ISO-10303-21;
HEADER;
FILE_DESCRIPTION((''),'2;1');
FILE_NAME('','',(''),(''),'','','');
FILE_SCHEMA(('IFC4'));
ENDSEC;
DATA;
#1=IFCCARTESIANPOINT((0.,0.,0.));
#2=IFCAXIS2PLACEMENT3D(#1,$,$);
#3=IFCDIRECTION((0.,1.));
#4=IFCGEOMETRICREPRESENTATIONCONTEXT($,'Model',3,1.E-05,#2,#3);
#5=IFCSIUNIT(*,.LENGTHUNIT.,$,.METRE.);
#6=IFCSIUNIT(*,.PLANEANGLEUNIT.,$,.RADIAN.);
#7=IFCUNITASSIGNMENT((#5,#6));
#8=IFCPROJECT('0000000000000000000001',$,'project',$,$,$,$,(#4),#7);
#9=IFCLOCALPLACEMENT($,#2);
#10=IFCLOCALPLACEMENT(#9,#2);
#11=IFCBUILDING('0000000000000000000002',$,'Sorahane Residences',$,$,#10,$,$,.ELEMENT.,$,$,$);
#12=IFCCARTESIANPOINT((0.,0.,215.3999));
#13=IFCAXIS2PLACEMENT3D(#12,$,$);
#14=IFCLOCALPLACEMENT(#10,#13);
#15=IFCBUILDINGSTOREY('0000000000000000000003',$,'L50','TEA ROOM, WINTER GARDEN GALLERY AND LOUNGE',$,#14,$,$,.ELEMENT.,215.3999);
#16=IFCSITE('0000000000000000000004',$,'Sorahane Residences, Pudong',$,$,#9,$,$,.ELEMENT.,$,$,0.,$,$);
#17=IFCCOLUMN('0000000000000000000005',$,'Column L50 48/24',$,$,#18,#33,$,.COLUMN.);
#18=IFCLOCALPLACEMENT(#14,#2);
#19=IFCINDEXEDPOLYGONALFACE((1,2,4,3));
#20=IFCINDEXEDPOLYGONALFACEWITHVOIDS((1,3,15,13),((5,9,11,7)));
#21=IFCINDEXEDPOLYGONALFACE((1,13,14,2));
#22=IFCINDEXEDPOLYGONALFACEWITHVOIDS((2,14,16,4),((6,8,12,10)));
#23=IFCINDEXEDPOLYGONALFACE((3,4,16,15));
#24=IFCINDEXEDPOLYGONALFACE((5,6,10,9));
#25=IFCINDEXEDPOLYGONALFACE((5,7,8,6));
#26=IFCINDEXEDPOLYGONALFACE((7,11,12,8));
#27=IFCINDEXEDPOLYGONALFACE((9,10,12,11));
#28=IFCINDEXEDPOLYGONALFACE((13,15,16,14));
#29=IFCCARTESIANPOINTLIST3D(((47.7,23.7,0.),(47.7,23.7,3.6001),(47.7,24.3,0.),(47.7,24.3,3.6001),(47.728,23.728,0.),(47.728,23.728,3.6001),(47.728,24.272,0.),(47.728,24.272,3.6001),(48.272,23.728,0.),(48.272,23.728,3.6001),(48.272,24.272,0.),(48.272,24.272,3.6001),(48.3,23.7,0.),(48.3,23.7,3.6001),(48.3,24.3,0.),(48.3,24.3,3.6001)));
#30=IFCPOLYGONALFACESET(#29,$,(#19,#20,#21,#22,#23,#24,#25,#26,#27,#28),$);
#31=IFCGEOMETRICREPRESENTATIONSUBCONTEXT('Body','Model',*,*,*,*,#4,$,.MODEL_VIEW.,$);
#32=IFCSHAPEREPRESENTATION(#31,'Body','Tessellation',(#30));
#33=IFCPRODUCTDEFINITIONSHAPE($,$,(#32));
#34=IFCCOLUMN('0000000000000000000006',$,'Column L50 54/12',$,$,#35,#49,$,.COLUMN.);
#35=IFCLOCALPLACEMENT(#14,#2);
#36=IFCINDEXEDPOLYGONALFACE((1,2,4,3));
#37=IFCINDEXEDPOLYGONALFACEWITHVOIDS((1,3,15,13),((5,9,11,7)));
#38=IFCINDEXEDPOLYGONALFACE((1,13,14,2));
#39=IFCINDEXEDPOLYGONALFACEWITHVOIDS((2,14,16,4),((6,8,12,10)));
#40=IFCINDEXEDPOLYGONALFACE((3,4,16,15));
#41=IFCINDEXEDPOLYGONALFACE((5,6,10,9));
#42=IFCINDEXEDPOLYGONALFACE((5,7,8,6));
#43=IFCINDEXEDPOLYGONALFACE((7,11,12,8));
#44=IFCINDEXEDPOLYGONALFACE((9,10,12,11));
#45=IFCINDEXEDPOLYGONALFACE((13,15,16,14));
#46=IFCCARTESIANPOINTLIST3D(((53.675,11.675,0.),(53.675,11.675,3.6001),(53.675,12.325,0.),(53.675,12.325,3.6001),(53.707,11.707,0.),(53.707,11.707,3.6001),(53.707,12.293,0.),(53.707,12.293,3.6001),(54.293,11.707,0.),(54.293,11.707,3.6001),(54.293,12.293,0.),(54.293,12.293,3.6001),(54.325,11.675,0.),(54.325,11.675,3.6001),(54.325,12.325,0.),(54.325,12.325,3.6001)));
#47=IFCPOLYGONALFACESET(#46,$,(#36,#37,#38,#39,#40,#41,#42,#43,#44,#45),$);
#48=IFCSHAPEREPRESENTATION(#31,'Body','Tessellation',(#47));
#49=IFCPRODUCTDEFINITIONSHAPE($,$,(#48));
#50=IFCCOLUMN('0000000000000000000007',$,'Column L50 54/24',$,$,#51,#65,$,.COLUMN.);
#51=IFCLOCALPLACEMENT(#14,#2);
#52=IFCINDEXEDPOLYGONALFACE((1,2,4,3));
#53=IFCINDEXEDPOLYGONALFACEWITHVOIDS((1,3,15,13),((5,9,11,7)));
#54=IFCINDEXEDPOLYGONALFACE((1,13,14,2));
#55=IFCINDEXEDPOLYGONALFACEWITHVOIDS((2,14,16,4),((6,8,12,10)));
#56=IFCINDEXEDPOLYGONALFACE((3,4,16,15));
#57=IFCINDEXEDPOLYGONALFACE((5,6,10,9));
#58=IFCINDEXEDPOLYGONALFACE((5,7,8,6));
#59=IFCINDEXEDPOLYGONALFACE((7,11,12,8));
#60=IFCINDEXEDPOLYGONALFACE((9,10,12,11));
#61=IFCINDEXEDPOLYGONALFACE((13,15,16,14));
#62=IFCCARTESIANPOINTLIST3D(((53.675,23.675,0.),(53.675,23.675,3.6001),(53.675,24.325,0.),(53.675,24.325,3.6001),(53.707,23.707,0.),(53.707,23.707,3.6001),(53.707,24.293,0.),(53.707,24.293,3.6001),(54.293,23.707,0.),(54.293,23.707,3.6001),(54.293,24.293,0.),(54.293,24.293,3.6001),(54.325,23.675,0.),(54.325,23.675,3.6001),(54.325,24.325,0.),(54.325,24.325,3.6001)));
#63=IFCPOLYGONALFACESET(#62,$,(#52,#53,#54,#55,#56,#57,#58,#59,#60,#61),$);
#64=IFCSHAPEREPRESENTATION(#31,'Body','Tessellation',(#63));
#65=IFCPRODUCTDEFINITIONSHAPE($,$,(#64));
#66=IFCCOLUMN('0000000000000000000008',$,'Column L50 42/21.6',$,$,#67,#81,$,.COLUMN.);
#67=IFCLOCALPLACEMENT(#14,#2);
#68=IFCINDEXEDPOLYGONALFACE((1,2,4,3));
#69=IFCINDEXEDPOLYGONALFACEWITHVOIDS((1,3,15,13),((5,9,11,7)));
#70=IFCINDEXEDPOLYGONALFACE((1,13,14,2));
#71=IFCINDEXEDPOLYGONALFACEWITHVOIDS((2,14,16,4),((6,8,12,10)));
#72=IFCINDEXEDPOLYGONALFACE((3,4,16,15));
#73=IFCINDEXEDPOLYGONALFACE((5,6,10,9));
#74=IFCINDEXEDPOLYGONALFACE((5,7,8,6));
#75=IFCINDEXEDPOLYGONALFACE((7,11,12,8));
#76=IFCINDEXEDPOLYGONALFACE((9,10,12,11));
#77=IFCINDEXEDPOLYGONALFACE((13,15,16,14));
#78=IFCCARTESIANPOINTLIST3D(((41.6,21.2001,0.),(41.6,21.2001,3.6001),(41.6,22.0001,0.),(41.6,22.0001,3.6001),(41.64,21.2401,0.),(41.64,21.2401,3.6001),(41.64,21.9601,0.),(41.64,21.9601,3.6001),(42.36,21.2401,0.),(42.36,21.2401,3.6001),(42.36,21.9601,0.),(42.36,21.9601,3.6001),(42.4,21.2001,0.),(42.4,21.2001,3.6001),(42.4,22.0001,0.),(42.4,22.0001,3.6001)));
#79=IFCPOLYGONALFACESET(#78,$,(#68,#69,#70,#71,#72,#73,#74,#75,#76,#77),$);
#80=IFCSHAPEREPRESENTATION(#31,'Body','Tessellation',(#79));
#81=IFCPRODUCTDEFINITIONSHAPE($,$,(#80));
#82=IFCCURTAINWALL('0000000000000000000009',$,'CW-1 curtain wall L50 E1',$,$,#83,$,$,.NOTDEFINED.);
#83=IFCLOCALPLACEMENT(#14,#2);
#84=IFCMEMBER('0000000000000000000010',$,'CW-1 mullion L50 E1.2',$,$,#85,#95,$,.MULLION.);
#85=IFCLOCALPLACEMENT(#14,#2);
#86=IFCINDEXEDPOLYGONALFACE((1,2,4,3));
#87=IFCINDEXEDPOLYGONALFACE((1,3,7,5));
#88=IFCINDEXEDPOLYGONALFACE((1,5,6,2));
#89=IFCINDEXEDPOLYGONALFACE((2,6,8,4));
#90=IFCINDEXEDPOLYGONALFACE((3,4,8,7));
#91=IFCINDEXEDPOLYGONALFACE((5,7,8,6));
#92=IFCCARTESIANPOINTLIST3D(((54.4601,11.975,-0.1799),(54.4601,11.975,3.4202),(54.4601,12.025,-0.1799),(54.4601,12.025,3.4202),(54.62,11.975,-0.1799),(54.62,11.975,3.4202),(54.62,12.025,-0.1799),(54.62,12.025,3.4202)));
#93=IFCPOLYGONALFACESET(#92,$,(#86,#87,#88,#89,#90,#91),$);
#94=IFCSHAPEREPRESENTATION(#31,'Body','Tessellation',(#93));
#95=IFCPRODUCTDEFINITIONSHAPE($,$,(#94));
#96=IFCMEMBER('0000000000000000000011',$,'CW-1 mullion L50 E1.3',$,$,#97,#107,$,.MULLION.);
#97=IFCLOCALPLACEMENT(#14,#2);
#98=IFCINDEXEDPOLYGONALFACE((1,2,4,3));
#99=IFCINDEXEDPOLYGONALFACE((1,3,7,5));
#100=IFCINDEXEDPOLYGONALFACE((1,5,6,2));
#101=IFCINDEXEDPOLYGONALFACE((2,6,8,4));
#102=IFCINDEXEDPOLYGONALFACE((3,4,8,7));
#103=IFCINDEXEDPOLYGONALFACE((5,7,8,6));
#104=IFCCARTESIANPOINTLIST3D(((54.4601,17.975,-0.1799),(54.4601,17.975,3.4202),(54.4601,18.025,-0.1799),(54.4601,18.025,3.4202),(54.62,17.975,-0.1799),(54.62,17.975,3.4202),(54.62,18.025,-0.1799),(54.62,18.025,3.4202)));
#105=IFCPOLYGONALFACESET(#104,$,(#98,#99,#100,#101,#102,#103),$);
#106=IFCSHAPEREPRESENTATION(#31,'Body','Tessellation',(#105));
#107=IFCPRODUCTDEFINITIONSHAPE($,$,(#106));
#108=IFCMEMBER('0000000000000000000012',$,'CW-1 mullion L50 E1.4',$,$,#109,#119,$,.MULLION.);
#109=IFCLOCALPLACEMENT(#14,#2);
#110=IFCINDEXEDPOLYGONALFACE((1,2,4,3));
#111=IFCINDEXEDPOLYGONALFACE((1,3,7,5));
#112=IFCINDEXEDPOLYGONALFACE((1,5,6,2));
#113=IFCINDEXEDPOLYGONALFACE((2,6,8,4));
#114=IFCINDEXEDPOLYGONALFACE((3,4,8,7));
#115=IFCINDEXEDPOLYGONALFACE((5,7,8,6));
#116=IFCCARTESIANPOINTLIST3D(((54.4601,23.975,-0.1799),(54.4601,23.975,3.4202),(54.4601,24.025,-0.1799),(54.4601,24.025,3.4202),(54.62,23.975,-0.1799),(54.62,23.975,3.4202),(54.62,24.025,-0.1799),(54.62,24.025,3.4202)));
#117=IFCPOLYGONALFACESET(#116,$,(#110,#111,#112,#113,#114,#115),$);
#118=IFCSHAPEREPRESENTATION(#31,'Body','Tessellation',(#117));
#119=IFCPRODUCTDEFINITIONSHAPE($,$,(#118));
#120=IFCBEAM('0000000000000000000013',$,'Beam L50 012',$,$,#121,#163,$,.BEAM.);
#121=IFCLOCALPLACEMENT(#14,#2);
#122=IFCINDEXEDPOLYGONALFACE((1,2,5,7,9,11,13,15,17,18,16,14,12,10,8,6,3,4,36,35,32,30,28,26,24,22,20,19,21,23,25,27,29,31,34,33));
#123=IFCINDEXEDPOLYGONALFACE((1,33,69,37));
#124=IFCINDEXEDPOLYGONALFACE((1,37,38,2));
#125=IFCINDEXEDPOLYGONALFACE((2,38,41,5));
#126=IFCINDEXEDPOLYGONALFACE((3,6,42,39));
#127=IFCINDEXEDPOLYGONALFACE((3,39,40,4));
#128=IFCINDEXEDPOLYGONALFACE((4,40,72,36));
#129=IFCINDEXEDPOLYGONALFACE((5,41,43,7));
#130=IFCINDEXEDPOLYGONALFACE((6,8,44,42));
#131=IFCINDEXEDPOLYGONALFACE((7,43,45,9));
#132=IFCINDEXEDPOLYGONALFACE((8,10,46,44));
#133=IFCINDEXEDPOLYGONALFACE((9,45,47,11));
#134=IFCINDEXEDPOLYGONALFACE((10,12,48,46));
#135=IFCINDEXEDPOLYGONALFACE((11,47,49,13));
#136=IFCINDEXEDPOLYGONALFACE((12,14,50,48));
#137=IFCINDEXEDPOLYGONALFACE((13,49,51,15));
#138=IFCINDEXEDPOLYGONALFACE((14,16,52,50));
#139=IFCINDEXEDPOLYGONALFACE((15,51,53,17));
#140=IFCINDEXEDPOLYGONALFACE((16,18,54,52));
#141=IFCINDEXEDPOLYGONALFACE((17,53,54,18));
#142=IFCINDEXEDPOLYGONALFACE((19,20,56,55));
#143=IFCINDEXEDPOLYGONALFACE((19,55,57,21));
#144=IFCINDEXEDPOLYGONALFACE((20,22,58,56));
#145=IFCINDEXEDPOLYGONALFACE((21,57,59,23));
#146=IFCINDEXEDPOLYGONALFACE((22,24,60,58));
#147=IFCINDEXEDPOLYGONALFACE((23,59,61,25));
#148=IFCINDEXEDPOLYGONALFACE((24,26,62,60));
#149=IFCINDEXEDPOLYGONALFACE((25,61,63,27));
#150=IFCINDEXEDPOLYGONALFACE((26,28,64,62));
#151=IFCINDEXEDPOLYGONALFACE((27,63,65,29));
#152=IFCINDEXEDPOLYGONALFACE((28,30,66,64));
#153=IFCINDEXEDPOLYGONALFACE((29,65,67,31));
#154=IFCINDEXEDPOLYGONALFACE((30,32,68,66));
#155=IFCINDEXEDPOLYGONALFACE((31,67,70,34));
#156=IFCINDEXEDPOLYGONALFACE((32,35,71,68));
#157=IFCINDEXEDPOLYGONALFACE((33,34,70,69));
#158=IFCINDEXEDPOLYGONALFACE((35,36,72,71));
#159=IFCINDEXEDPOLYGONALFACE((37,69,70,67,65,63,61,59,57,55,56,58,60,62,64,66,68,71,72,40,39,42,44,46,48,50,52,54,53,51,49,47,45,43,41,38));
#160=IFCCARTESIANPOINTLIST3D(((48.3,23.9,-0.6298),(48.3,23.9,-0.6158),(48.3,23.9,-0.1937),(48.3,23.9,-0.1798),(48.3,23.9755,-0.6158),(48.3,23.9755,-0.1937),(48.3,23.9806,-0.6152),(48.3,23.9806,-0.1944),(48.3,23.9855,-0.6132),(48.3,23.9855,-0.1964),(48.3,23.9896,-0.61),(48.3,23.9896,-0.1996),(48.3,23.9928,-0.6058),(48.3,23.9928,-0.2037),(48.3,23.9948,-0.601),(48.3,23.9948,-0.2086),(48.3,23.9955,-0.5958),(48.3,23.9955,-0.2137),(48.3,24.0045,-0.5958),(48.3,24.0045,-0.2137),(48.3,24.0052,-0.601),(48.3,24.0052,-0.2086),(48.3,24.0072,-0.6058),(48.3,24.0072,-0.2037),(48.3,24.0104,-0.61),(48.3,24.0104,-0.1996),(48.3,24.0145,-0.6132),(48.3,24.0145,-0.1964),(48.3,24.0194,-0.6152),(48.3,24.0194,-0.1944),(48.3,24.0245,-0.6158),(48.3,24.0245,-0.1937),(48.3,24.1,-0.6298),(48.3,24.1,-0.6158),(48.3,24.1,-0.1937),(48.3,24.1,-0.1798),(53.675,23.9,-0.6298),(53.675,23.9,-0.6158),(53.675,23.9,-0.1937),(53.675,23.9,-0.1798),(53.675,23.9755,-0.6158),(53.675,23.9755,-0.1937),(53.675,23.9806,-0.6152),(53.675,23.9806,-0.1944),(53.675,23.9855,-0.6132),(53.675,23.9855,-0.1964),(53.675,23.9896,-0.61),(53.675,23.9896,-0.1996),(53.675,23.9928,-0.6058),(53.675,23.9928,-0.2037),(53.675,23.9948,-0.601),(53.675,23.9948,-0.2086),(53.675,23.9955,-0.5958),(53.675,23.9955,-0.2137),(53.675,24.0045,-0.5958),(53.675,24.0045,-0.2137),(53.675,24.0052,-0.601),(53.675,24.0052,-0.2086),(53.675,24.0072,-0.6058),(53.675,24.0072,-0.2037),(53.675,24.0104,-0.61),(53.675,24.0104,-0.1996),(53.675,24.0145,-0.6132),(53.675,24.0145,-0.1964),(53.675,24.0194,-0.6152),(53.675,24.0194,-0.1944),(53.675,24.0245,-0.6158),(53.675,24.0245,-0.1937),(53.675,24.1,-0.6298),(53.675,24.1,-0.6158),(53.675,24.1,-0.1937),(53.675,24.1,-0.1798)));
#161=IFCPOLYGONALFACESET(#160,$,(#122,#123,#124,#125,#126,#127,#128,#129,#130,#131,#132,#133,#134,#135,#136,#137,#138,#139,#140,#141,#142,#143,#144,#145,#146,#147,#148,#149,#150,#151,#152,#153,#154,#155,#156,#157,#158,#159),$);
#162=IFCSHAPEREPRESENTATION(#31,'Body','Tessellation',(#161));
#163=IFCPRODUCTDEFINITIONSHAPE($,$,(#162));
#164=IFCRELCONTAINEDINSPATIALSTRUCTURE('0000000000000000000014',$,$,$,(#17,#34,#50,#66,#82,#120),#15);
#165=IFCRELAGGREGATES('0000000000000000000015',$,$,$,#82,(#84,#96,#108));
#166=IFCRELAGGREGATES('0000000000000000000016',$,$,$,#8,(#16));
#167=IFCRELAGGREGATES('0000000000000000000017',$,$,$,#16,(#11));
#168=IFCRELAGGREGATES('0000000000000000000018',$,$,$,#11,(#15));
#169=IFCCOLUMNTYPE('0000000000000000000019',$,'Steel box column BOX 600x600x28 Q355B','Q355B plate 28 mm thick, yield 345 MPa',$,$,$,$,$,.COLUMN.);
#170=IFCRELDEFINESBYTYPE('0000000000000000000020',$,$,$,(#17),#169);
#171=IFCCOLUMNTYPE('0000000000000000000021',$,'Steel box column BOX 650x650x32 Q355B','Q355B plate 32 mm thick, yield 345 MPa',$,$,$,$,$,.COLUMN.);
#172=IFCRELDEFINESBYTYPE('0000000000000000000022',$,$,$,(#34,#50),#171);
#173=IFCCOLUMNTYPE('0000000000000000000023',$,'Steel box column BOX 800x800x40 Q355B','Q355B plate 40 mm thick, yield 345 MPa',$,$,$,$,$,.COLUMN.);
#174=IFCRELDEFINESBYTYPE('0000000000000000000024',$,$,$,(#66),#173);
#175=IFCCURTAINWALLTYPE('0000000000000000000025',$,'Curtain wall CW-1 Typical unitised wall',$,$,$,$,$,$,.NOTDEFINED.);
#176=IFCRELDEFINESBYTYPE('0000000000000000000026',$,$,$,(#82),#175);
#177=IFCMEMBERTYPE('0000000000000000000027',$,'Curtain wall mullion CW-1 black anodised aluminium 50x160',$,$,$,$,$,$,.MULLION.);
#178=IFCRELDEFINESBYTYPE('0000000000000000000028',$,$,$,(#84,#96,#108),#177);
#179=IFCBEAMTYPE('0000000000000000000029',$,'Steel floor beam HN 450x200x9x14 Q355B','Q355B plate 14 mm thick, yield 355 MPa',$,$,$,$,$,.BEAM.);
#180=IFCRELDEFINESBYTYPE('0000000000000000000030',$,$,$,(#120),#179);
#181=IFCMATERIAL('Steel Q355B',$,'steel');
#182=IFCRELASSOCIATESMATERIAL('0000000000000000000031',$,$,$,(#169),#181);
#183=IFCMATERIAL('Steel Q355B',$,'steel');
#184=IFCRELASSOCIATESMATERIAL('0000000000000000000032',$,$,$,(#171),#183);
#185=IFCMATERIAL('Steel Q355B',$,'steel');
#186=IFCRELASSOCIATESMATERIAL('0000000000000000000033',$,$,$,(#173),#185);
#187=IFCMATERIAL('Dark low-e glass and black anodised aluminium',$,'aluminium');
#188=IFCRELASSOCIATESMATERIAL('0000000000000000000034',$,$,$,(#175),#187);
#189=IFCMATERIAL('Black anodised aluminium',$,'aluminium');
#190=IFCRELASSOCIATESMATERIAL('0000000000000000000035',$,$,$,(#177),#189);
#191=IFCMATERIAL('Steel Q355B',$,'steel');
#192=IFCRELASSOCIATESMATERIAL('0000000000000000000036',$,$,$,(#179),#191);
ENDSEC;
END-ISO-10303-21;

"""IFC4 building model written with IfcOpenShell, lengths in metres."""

from ifc_helpers import new_model, si_unit, direction, frame, origin, origin_2d, place, context, subcontext, project, spatial, rectangle, hollow_rectangle, i_section, extrude, material, material_profile, profile_set, type_object, element, aggregate, save


model = new_model("IFC4")

# Units and contexts
model_context = context("Model", 3, precision=1e-05, world=origin(), true_north=direction((0.0, 1.0)))
body_context = subcontext(model_context, "Body", "Model", "MODEL_VIEW")
ifc_project = project(units=[si_unit("LENGTHUNIT", "METRE"), si_unit("PLANEANGLEUNIT", "RADIAN")], contexts=[model_context])

# Site, building, storey
site_placement = place(None, origin())
site = spatial("IfcSite", under=ifc_project, at=site_placement, Name="Sorahane Residences, Pudong", CompositionType="ELEMENT", RefElevation=0.0)
building_placement = place(site_placement, origin())
building = spatial("IfcBuilding", under=site, at=building_placement, Name="Sorahane Residences", CompositionType="ELEMENT")
storey_placement = place(building_placement, frame((0.0, 0.0, 215.3999)))
storey = spatial("IfcBuildingStorey", under=building, at=storey_placement, Name="L50", Description="TEA ROOM, WINTER GARDEN GALLERY AND LOUNGE", CompositionType="ELEMENT", Elevation=215.3999)

# Columns
ifc_material_1 = material(Name="Steel Q355B", Category="steel")
ifc_material_profile_1 = material_profile(ifc_material_1, hollow_rectangle(XDim=0.6001, YDim=0.6001, WallThickness=0.0281, at=origin_2d()), Name="BOX 600x600x28")
ifc_profile_set_1 = profile_set([ifc_material_profile_1], Name="Steel Q355B")
column_type_1 = type_object("IfcColumnType", Name="Steel box column BOX 600x600x28 Q355B", Description="Q355B plate 28 mm thick, yield 345 MPa", PredefinedType="COLUMN", material=ifc_profile_set_1)
column_1_placement = place(storey_placement, frame((48.0, 24.0, 0.0), z_axis=(0.0, 0.0, 1.0), x_axis=(1.0, 0.0, 0.0)))
element("IfcColumn", 1, at=column_1_placement, inside=storey, type_object=column_type_1, Name="Column L50 48/24", PredefinedType="COLUMN", context=body_context, shape_type="SweptSolid", body=[
    extrude(hollow_rectangle(XDim=0.6001, YDim=0.6001, WallThickness=0.0281, at=origin_2d()), origin(), (0.0, 0.0, 1.0), 3.6001),
])
ifc_material_2 = material(Name="Steel Q355B", Category="steel")
ifc_material_profile_2 = material_profile(ifc_material_2, hollow_rectangle(XDim=0.6499, YDim=0.6499, WallThickness=0.032, at=origin_2d()), Name="BOX 650x650x32")
ifc_profile_set_2 = profile_set([ifc_material_profile_2], Name="Steel Q355B")
column_type_2 = type_object("IfcColumnType", Name="Steel box column BOX 650x650x32 Q355B", Description="Q355B plate 32 mm thick, yield 345 MPa", PredefinedType="COLUMN", material=ifc_profile_set_2)
for number, where, z_axis, x_axis, name in (
    (2, (54.0, 12.0, 0.0), (0.0, 0.0, 1.0), (1.0, 0.0, 0.0), "Column L50 54/12"),
    (3, (54.0, 24.0, 0.0), (0.0, 0.0, 1.0), (1.0, 0.0, 0.0), "Column L50 54/24"),
):
    element("IfcColumn", number, at=place(storey_placement, frame(where, z_axis=z_axis, x_axis=x_axis)), inside=storey, type_object=column_type_2, Name=name, PredefinedType="COLUMN", context=body_context, shape_type="SweptSolid", body=[
        extrude(hollow_rectangle(XDim=0.6499, YDim=0.6499, WallThickness=0.032, at=origin_2d()), origin(), (0.0, 0.0, 1.0), 3.6001),
    ])
ifc_material_3 = material(Name="Steel Q355B", Category="steel")
ifc_material_profile_3 = material_profile(ifc_material_3, hollow_rectangle(XDim=0.8, YDim=0.8, WallThickness=0.04, at=origin_2d()), Name="BOX 800x800x40")
ifc_profile_set_3 = profile_set([ifc_material_profile_3], Name="Steel Q355B")
column_type_3 = type_object("IfcColumnType", Name="Steel box column BOX 800x800x40 Q355B", Description="Q355B plate 40 mm thick, yield 345 MPa", PredefinedType="COLUMN", material=ifc_profile_set_3)
column_2_placement = place(storey_placement, frame((42.0, 21.6001, 0.0), z_axis=(0.0, 0.0, 1.0), x_axis=(1.0, 0.0, 0.0)))
element("IfcColumn", 4, at=column_2_placement, inside=storey, type_object=column_type_3, Name="Column L50 42/21.6", PredefinedType="COLUMN", context=body_context, shape_type="SweptSolid", body=[
    extrude(hollow_rectangle(XDim=0.8, YDim=0.8, WallThickness=0.04, at=origin_2d()), origin(), (0.0, 0.0, 1.0), 3.6001),
])

# Curtain wall, members
ifc_material_4 = material(Name="Dark low-e glass and black anodised aluminium", Category="aluminium")
curtain_wall_type = type_object("IfcCurtainWallType", Name="Curtain wall CW-1 Typical unitised wall", PredefinedType="NOTDEFINED", material=ifc_material_4)
curtain_wall_placement = place(storey_placement, origin())
curtain_wall = element("IfcCurtainWall", 5, at=curtain_wall_placement, inside=storey, type_object=curtain_wall_type, Name="CW-1 curtain wall L50 E1", PredefinedType="NOTDEFINED")
ifc_material_5 = material(Name="Black anodised aluminium", Category="aluminium")
ifc_material_profile_4 = material_profile(ifc_material_5, rectangle(XDim=0.1599, YDim=0.05, at=origin_2d()), Name="Curtain wall mullion CW-1 black anodised aluminium 50x160")
ifc_profile_set_4 = profile_set([ifc_material_profile_4], Name="Black anodised aluminium")
member_type = type_object("IfcMemberType", Name="Curtain wall mullion CW-1 black anodised aluminium 50x160", PredefinedType="MULLION", material=ifc_profile_set_4)
member_1_placement = place(storey_placement, frame((54.54, 12.0, -0.1799), z_axis=(0.0, 0.0, 1.0), x_axis=(1.0, 0.0, 0.0)))
member_1 = element("IfcMember", 6, at=member_1_placement, type_object=member_type, Name="CW-1 mullion L50 E1.2", PredefinedType="MULLION", context=body_context, shape_type="SweptSolid", body=[
    extrude(rectangle(XDim=0.1599, YDim=0.05, at=origin_2d()), origin(), (0.0, 0.0, 1.0), 3.6001),
])
member_2_placement = place(storey_placement, frame((54.54, 18.0, -0.1799), z_axis=(0.0, 0.0, 1.0), x_axis=(1.0, 0.0, 0.0)))
member_2 = element("IfcMember", 7, at=member_2_placement, type_object=member_type, Name="CW-1 mullion L50 E1.3", PredefinedType="MULLION", context=body_context, shape_type="SweptSolid", body=[
    extrude(rectangle(XDim=0.1599, YDim=0.05, at=origin_2d()), origin(), (0.0, 0.0, 1.0), 3.6001),
])
member_3_placement = place(storey_placement, frame((54.54, 24.0, -0.1799), z_axis=(0.0, 0.0, 1.0), x_axis=(1.0, 0.0, 0.0)))
member_3 = element("IfcMember", 8, at=member_3_placement, type_object=member_type, Name="CW-1 mullion L50 E1.4", PredefinedType="MULLION", context=body_context, shape_type="SweptSolid", body=[
    extrude(rectangle(XDim=0.1599, YDim=0.05, at=origin_2d()), origin(), (0.0, 0.0, 1.0), 3.6001),
])

# Beam
ifc_material_6 = material(Name="Steel Q355B", Category="steel")
ifc_material_profile_5 = material_profile(ifc_material_6, i_section(OverallWidth=0.2, OverallDepth=0.45, WebThickness=0.009, FlangeThickness=0.0139, FilletRadius=0.02, at=origin_2d()), Name="HN 450x200x9x14")
ifc_profile_set_5 = profile_set([ifc_material_profile_5], Name="Steel Q355B")
beam_type_1 = type_object("IfcBeamType", Name="Steel floor beam HN 450x200x9x14 Q355B", Description="Q355B plate 14 mm thick, yield 355 MPa", PredefinedType="BEAM", material=ifc_profile_set_5)
beam_1_placement = place(storey_placement, frame((48.3, 24.0, -0.4048), z_axis=(1.0, 0.0, 0.0), x_axis=(0.0, 1.0, 0.0)))
element("IfcBeam", 9, at=beam_1_placement, inside=storey, type_object=beam_type_1, Name="Beam L50 012", PredefinedType="BEAM", context=body_context, shape_type="SweptSolid", body=[
    extrude(i_section(OverallWidth=0.2, OverallDepth=0.45, WebThickness=0.009, FlangeThickness=0.0139, FilletRadius=0.02, at=origin_2d()), origin(), (0.0, 0.0, 1.0), 5.375),
])

aggregate(curtain_wall, [member_1, member_2, member_3])

save(model, "model.ifc")
